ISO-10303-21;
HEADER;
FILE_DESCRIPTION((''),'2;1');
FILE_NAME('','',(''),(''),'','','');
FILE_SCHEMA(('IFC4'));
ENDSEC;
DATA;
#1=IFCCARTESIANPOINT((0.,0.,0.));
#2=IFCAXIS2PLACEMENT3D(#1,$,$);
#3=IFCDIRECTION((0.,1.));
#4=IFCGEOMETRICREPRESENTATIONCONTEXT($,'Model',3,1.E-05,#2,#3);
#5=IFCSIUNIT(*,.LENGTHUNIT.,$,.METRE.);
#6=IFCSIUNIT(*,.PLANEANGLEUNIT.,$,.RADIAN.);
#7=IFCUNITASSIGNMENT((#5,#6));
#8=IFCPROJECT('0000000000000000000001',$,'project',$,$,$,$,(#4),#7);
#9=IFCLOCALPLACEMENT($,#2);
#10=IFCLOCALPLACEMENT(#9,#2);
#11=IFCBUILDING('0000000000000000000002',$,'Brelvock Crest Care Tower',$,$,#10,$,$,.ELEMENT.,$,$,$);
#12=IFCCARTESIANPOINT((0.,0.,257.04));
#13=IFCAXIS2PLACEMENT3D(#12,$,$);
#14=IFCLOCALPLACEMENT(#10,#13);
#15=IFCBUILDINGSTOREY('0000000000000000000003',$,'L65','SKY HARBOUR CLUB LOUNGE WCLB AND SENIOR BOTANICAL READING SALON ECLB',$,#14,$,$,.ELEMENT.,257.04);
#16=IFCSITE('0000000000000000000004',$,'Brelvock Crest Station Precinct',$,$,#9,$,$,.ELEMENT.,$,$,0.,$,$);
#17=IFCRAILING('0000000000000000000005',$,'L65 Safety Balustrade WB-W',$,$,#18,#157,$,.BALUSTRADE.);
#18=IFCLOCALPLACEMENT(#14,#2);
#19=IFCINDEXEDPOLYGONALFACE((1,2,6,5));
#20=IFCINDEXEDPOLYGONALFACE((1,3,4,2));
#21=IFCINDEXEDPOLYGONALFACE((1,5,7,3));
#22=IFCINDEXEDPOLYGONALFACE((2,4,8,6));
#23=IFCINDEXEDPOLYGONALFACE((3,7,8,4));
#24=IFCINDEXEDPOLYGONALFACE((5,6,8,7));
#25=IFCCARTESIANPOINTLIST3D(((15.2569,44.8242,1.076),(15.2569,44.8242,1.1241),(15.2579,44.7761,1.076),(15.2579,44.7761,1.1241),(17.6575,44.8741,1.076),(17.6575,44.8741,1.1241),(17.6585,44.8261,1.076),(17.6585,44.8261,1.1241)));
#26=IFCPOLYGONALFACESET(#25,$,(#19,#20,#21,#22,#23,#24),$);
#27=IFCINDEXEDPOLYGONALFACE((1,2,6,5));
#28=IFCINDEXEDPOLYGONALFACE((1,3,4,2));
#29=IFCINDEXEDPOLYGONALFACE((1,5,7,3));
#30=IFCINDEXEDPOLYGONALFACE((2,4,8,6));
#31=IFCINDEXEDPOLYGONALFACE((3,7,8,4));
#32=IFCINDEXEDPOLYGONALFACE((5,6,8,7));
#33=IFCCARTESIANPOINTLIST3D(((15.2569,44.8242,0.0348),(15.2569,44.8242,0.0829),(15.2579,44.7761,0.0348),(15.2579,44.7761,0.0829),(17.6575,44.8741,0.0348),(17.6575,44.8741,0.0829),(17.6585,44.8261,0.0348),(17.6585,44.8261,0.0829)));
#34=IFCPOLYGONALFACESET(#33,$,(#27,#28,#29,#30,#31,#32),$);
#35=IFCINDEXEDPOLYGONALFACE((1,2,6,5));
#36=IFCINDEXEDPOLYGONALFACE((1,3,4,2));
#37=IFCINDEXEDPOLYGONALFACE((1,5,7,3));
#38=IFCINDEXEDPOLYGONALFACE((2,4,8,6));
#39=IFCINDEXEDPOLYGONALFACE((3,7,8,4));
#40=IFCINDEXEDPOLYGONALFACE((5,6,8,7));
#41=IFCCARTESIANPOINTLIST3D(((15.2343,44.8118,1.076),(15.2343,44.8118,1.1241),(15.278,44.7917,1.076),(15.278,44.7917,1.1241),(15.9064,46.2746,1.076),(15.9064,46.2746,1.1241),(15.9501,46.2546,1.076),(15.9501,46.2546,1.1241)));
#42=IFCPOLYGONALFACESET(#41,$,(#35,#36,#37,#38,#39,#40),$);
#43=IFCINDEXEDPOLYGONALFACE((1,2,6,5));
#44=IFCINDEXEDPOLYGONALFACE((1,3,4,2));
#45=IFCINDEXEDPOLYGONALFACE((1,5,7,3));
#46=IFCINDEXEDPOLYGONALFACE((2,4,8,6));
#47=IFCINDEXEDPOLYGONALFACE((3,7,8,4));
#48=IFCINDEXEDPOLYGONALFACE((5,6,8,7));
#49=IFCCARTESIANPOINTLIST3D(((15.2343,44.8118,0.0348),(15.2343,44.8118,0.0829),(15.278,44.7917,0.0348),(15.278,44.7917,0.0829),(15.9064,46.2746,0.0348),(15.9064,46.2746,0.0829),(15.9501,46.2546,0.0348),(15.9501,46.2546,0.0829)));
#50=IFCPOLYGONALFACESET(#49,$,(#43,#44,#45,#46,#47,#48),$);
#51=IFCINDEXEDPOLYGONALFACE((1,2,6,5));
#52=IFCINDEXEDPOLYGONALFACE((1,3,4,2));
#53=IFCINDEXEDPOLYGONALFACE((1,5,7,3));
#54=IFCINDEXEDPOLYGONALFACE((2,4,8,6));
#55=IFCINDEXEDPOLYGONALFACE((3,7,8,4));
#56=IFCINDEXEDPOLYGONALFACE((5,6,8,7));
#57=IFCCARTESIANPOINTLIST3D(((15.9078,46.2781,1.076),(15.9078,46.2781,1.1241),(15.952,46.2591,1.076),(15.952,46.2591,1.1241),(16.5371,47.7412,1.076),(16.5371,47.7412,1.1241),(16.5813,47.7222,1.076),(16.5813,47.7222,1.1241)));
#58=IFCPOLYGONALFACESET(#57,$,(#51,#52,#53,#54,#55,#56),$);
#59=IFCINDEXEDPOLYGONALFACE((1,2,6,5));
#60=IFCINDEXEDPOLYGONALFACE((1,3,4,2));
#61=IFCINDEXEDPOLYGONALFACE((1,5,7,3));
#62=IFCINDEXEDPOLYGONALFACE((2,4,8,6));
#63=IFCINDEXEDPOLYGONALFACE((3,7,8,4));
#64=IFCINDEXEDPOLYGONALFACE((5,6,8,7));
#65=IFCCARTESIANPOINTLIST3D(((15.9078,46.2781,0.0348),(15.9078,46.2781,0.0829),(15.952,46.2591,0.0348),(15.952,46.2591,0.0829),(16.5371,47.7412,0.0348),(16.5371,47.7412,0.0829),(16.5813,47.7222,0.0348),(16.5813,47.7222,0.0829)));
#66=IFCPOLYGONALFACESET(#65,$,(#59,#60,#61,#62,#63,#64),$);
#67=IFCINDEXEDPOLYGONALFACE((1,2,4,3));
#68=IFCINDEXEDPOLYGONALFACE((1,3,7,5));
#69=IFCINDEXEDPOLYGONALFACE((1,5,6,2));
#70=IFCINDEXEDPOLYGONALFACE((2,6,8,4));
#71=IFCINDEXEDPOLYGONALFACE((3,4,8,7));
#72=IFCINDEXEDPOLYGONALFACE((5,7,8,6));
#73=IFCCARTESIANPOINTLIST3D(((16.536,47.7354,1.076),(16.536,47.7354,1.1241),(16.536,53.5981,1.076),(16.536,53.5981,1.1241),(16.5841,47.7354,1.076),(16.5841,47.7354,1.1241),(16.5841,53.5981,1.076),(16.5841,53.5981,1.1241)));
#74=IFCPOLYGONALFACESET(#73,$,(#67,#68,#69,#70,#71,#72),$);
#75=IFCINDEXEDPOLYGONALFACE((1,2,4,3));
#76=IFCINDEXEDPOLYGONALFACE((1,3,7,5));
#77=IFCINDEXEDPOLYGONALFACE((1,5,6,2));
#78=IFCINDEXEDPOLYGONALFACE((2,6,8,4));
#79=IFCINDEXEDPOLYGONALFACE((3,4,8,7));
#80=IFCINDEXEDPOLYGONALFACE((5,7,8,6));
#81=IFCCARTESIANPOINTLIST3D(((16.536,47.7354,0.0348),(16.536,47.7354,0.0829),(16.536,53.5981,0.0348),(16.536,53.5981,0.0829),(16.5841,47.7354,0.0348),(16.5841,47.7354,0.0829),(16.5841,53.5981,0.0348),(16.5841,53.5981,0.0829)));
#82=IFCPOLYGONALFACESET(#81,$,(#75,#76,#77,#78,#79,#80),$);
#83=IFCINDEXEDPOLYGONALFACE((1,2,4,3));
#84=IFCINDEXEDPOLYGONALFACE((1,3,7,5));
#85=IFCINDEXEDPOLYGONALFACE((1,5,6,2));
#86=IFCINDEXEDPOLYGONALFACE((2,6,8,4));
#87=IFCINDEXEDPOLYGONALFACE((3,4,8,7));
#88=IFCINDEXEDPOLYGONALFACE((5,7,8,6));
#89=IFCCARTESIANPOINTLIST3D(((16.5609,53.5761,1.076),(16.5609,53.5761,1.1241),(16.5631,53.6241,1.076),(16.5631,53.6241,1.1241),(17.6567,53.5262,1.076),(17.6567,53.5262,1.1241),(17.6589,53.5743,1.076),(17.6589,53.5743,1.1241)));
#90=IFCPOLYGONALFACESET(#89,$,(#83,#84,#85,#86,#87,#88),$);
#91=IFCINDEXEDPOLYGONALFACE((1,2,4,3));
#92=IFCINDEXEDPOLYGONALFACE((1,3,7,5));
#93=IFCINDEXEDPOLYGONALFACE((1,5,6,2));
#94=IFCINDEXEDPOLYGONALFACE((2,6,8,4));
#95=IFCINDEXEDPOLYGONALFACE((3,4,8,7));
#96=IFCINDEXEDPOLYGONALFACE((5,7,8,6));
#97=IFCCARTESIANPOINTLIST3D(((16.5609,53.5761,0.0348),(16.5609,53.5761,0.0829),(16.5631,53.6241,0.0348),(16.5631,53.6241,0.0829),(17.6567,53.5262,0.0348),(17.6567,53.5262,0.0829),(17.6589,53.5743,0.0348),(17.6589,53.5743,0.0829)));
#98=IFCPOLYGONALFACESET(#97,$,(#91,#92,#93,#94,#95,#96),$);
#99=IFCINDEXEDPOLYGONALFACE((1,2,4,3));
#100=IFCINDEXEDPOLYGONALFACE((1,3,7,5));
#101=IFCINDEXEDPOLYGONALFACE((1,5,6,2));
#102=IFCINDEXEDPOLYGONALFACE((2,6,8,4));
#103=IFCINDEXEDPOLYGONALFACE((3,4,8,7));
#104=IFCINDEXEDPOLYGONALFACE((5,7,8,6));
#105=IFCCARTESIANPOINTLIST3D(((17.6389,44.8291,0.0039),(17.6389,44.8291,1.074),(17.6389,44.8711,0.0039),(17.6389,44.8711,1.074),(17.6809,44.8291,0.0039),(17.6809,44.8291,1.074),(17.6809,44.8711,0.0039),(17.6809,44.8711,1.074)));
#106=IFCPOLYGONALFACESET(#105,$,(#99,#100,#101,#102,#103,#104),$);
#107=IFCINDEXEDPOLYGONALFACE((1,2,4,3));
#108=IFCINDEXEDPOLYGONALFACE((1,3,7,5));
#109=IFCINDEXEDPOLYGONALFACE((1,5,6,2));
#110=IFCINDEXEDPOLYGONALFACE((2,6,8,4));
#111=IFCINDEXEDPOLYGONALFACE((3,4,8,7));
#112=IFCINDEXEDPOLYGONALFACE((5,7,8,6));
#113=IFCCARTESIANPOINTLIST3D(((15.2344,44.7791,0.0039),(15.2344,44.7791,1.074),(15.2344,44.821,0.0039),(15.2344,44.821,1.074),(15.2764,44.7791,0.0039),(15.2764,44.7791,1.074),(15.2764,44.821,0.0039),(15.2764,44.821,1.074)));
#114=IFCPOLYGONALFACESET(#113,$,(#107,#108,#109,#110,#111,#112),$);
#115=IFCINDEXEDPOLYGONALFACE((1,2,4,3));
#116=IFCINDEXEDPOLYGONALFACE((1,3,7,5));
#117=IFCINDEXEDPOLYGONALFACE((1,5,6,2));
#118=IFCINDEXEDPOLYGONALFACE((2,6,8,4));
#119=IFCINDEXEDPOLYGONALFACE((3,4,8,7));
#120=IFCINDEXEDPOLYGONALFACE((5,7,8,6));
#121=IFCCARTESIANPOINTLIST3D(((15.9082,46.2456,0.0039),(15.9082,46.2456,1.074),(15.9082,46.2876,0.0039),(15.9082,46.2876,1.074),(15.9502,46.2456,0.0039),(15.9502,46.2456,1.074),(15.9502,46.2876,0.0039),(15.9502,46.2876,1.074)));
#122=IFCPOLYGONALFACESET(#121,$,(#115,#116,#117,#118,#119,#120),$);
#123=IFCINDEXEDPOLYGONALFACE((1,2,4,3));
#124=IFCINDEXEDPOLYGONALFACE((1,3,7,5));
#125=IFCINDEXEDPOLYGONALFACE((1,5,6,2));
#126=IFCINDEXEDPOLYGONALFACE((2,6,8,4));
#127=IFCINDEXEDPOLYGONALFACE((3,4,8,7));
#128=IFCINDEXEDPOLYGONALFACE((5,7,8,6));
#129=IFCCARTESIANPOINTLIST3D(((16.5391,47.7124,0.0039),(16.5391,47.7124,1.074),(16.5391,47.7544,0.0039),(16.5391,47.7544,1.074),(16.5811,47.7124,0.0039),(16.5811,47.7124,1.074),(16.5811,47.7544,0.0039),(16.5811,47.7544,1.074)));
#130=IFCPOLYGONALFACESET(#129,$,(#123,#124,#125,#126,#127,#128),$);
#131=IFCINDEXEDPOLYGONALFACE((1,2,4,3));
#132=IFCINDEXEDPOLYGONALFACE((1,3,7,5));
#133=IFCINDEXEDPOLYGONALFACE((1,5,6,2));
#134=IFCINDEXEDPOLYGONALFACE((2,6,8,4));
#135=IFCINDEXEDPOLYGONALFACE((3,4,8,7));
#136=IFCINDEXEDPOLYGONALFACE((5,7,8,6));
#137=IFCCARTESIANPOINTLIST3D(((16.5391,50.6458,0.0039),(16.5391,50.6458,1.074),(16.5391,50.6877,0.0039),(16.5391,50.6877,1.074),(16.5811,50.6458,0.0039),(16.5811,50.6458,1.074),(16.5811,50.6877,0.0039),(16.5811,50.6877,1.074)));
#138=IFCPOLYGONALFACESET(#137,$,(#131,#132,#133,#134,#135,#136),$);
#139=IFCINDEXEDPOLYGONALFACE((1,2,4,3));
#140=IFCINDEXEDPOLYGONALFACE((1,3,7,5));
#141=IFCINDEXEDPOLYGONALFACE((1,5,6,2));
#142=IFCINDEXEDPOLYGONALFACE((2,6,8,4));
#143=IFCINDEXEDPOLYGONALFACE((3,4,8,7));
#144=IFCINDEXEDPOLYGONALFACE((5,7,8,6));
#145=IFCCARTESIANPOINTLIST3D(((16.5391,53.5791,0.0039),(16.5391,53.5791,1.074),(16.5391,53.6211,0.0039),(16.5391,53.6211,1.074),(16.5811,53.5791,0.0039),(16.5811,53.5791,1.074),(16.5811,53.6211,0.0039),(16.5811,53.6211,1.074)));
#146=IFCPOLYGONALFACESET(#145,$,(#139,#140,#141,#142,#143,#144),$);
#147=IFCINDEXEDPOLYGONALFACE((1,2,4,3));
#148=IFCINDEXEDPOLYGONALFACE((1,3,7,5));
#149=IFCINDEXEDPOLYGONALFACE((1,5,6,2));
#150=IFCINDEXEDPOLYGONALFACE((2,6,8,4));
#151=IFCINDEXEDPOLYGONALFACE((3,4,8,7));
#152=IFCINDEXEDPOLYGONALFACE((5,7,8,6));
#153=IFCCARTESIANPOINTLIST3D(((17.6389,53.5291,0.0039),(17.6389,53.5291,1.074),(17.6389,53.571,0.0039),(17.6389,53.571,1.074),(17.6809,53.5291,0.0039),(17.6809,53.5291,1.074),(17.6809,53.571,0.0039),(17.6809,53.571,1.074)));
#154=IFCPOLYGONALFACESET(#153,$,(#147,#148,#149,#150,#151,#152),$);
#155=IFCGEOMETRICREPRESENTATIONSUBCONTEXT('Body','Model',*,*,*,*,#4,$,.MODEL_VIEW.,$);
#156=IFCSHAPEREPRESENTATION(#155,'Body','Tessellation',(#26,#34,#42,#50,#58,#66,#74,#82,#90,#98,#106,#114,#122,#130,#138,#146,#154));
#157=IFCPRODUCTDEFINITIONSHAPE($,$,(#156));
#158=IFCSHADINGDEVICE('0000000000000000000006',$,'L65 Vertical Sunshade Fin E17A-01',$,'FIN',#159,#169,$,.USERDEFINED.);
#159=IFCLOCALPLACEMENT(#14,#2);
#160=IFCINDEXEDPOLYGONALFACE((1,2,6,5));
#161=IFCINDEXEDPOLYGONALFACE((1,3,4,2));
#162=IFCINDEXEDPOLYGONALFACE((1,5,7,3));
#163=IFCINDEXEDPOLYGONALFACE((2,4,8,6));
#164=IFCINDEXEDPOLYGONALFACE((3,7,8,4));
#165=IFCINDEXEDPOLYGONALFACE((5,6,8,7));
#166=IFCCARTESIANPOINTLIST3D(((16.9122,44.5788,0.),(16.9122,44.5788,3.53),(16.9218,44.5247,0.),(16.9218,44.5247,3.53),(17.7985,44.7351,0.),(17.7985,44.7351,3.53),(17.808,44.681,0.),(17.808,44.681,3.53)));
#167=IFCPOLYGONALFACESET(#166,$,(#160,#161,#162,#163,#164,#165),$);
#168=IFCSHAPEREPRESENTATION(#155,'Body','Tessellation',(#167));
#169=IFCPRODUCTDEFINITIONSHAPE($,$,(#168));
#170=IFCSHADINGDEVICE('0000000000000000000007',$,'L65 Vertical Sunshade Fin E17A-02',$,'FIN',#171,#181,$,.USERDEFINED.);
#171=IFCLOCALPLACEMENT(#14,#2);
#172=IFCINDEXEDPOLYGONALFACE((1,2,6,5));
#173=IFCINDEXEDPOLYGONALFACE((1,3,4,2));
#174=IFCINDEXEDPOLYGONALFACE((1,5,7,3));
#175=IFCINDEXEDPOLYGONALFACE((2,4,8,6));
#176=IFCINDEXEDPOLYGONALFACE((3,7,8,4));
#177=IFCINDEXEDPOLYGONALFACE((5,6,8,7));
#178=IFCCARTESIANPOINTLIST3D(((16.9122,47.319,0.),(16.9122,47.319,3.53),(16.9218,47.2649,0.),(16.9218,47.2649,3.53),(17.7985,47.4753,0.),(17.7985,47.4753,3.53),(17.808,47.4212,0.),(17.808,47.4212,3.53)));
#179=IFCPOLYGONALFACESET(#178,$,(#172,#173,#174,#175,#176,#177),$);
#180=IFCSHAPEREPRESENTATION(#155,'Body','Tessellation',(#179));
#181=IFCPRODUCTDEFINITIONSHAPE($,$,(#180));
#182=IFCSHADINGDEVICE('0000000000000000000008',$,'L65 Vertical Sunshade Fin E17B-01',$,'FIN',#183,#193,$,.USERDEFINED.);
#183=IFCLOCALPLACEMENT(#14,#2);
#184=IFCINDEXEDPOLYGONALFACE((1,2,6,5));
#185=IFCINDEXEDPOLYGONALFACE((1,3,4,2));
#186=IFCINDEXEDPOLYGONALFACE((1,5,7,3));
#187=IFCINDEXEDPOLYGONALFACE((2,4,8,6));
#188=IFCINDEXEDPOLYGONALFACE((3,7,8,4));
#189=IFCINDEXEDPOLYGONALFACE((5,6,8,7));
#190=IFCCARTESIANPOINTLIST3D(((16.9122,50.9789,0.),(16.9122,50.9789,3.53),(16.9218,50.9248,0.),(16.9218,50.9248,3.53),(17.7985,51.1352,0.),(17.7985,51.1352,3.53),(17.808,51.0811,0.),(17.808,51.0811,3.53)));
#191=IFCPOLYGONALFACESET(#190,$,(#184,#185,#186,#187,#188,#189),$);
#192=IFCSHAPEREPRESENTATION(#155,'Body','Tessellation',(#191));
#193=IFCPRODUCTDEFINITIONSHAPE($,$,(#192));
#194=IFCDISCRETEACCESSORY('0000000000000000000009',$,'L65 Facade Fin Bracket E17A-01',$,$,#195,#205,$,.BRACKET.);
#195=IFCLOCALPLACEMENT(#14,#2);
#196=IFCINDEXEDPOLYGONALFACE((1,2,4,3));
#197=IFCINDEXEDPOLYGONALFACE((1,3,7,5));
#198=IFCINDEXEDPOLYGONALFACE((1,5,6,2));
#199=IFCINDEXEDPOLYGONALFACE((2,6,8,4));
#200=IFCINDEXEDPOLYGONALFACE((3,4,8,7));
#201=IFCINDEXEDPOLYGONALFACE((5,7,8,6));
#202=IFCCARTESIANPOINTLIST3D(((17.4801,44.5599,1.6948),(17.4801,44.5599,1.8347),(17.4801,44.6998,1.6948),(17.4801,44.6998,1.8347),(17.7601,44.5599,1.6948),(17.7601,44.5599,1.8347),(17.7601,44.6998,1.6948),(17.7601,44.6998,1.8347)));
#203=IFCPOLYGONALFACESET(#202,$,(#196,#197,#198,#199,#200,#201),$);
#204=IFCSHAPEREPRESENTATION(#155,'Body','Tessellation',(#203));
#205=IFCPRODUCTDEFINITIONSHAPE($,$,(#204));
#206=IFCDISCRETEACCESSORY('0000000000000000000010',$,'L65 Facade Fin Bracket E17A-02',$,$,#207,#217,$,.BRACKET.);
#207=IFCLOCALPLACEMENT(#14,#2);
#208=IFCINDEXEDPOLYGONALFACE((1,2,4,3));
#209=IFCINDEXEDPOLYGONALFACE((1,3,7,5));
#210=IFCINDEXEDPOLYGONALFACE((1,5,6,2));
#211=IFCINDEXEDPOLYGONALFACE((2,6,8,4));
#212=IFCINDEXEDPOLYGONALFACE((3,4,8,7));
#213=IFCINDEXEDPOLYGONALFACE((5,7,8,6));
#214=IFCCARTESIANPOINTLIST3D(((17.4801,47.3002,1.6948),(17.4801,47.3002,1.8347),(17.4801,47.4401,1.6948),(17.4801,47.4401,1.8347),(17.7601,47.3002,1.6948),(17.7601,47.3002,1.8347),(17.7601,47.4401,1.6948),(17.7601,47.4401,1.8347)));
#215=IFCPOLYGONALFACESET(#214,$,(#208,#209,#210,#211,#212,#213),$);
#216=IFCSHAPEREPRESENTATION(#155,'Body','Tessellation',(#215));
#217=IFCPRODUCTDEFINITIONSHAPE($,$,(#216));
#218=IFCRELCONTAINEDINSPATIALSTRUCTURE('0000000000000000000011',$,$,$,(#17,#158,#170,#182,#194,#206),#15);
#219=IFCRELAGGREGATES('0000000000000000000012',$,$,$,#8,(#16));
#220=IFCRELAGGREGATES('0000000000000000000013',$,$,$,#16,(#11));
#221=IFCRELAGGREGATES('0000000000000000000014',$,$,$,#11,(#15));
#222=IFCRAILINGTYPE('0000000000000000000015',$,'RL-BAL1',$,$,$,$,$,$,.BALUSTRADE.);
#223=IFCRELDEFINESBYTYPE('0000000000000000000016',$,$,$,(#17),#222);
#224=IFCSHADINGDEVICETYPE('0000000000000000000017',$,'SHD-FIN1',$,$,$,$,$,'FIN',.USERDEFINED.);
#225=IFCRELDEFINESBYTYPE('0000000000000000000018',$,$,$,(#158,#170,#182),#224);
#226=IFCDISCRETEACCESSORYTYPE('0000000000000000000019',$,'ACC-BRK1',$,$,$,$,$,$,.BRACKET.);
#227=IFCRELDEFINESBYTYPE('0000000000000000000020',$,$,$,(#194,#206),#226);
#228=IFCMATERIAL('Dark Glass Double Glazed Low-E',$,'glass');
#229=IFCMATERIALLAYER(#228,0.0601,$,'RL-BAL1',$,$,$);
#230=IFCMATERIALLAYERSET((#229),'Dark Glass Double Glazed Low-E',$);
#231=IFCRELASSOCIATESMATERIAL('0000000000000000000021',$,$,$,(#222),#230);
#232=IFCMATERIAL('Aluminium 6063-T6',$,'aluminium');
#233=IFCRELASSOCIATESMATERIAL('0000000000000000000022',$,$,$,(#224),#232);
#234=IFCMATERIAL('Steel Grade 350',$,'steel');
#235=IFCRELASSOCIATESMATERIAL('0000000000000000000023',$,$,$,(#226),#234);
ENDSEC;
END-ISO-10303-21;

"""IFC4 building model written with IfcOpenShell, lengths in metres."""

from ifc_helpers import new_model, si_unit, direction, frame, origin, origin_2d, place, context, subcontext, project, spatial, rectangle, extrude, source, transform, mapped, material, layer, layer_set, material_profile, profile_set, type_object, element, save


model = new_model("IFC4")

# Units and contexts
model_context = context("Model", 3, precision=1e-05, world=origin(), true_north=direction((0.0, 1.0)))
body_context = subcontext(model_context, "Body", "Model", "MODEL_VIEW")
ifc_project = project(units=[si_unit("LENGTHUNIT", "METRE"), si_unit("PLANEANGLEUNIT", "RADIAN")], contexts=[model_context])

# Site, building, storey
site_placement = place(None, origin())
site = spatial("IfcSite", under=ifc_project, at=site_placement, Name="Brelvock Crest Station Precinct", CompositionType="ELEMENT", RefElevation=0.0)
building_placement = place(site_placement, origin())
building = spatial("IfcBuilding", under=site, at=building_placement, Name="Brelvock Crest Care Tower", CompositionType="ELEMENT")
storey_placement = place(building_placement, frame((0.0, 0.0, 257.04)))
storey = spatial("IfcBuildingStorey", under=building, at=storey_placement, Name="L65", Description="SKY HARBOUR CLUB LOUNGE WCLB AND SENIOR BOTANICAL READING SALON ECLB", CompositionType="ELEMENT", Elevation=257.04)

# Shared definitions
ifc_material_1 = material(Name="Steel Grade 350", Category="steel")

# Shared definitions
ifc_material_2 = material(Name="Dark Glass Double Glazed Low-E", Category="glass")
ifc_material_3 = material(Name="Aluminium 6063-T6", Category="aluminium")

# Railing
ifc_layer_1 = layer(ifc_material_2, 0.0601, Name="RL-BAL1")
ifc_layer_set_1 = layer_set([ifc_layer_1], Name="Dark Glass Double Glazed Low-E")
railing_type = type_object("IfcRailingType", Name="RL-BAL1", PredefinedType="BALUSTRADE", material=ifc_layer_set_1)
railing_placement = place(storey_placement, frame((17.6599, 44.8501, 0.0039)))
element("IfcRailing", 1, at=railing_placement, inside=storey, type_object=railing_type, Name="L65 Safety Balustrade WB-W", PredefinedType="BALUSTRADE", context=body_context, shape_type="SweptSolid", body=[
    extrude(rectangle(XDim=0.0481, YDim=0.0481, at=origin_2d()), frame((-0.002, 0.0, 1.0962), z_axis=(-0.999783, -0.02081, 0.0), x_axis=(0.02081, -0.999783, 0.0)), (0.0, 0.0, 1.0), 2.4011),
    extrude(rectangle(XDim=0.0481, YDim=0.0481, at=origin_2d()), frame((-0.002, 0.0, 0.0549), z_axis=(-0.999783, -0.02081, 0.0), x_axis=(0.02081, -0.999783, 0.0)), (0.0, 0.0, 1.0), 2.4011),
    extrude(rectangle(XDim=0.0481, YDim=0.0481, at=origin_2d()), frame((-2.4038, -0.0483, 1.0962), z_axis=(0.417504, 0.908675, 0.0), x_axis=(-0.908675, 0.417504, 0.0)), (0.0, 0.0, 1.0), 1.6099),
    extrude(rectangle(XDim=0.0481, YDim=0.0481, at=origin_2d()), frame((-2.4038, -0.0483, 0.0549), z_axis=(0.417504, 0.908675, 0.0), x_axis=(-0.908675, 0.417504, 0.0)), (0.0, 0.0, 1.0), 1.6099),
    extrude(rectangle(XDim=0.0481, YDim=0.0481, at=origin_2d()), frame((-1.73, 1.4185, 1.0962), z_axis=(0.3951, 0.918638, 0.0), x_axis=(-0.918638, 0.3951, 0.0)), (0.0, 0.0, 1.0), 1.5928),
    extrude(rectangle(XDim=0.0481, YDim=0.0481, at=origin_2d()), frame((-1.73, 1.4185, 0.0549), z_axis=(0.3951, 0.918638, 0.0), x_axis=(-0.918638, 0.3951, 0.0)), (0.0, 0.0, 1.0), 1.5928),
    extrude(rectangle(XDim=0.0481, YDim=0.0481, at=origin_2d()), frame((-1.0999, 2.8853, 1.0962), z_axis=(0.0, 1.0, 0.0), x_axis=(-1.0, 0.0, 0.0)), (0.0, 0.0, 1.0), 5.8628),
    extrude(rectangle(XDim=0.0481, YDim=0.0481, at=origin_2d()), frame((-1.0999, 2.8853, 0.0549), z_axis=(0.0, 1.0, 0.0), x_axis=(-1.0, 0.0, 0.0)), (0.0, 0.0, 1.0), 5.8628),
    extrude(rectangle(XDim=0.0481, YDim=0.0481, at=origin_2d()), frame((-1.0979, 8.75, 1.0962), z_axis=(0.998966, -0.045458, 0.0), x_axis=(0.045458, 0.998966, 0.0)), (0.0, 0.0, 1.0), 1.0969),
    extrude(rectangle(XDim=0.0481, YDim=0.0481, at=origin_2d()), frame((-1.0979, 8.75, 0.0549), z_axis=(0.998966, -0.045458, 0.0), x_axis=(0.045458, 0.998966, 0.0)), (0.0, 0.0, 1.0), 1.0969),
    extrude(rectangle(XDim=0.042, YDim=0.042, at=origin_2d()), origin(), (0.0, 0.0, 1.0), 1.0701),
    extrude(rectangle(XDim=0.042, YDim=0.042, at=origin_2d()), frame((-2.4045, -0.05, 0.0)), (0.0, 0.0, 1.0), 1.0701),
    extrude(rectangle(XDim=0.042, YDim=0.042, at=origin_2d()), frame((-1.7307, 1.4165, 0.0)), (0.0, 0.0, 1.0), 1.0701),
    extrude(rectangle(XDim=0.042, YDim=0.042, at=origin_2d()), frame((-1.0999, 2.8833, 0.0)), (0.0, 0.0, 1.0), 1.0701),
    extrude(rectangle(XDim=0.042, YDim=0.042, at=origin_2d()), frame((-1.0999, 5.8167, 0.0)), (0.0, 0.0, 1.0), 1.0701),
    extrude(rectangle(XDim=0.042, YDim=0.042, at=origin_2d()), frame((-1.0999, 8.75, 0.0)), (0.0, 0.0, 1.0), 1.0701),
    extrude(rectangle(XDim=0.042, YDim=0.042, at=origin_2d()), frame((0.0, 8.7, 0.0)), (0.0, 0.0, 1.0), 1.0701),
])

# Shading devices
ifc_material_profile_1 = material_profile(ifc_material_3, rectangle(XDim=0.0549, YDim=0.8999, at=origin_2d()), Name="FIN55x900")
ifc_profile_set_1 = profile_set([ifc_material_profile_1], Name="Aluminium 6063-T6")
shading_device_type = type_object("IfcShadingDeviceType", Name="SHD-FIN1", ElementType="FIN", PredefinedType="USERDEFINED", material=ifc_profile_set_1)
shared_shape_1 = source(origin(), body_context, "Body", "SweptSolid", [
    extrude(rectangle(XDim=0.0549, YDim=0.8999, at=origin_2d()), origin(), (0.0, 0.0, 1.0), 3.53),
])
for number, where, z_axis, x_axis, name in (
    (2, (17.3601, 44.6299, 0.0), (0.0, 0.0, 1.0), (-0.173648, 0.984808, 0.0), "L65 Vertical Sunshade Fin E17A-01"),
    (3, (17.3601, 47.3701, 0.0), (0.0, 0.0, 1.0), (-0.173648, 0.984808, 0.0), "L65 Vertical Sunshade Fin E17A-02"),
    (4, (17.3601, 51.03, 0.0), (0.0, 0.0, 1.0), (-0.173648, 0.984808, 0.0), "L65 Vertical Sunshade Fin E17B-01"),
):
    element("IfcShadingDevice", number, at=place(storey_placement, frame(where, z_axis=z_axis, x_axis=x_axis)), inside=storey, type_object=shading_device_type, Name=name, ObjectType="FIN", PredefinedType="USERDEFINED", context=body_context, shape_type="MappedRepresentation", body=[
        mapped(shared_shape_1, transform((0.0, 0.0, 0.0), x_axis=(1.0, 0.0, 0.0), y_axis=(0.0, 1.0, 0.0), z_axis=(0.0, 0.0, 1.0), scale=1.0)),
    ])

# Discrete accessories
discrete_accessory_type = type_object("IfcDiscreteAccessoryType", Name="ACC-BRK1", PredefinedType="BRACKET", material=ifc_material_1)
shared_shape_2 = source(origin(), body_context, "Body", "SweptSolid", [
    extrude(rectangle(XDim=0.28, YDim=0.1399, at=origin_2d()), origin(), (0.0, 0.0, 1.0), 0.1399),
])
for number, where, z_axis, x_axis, name in (
    (5, (17.6201, 44.6299, 1.6948), (0.0, 0.0, 1.0), (-1.0, 0.0, 0.0), "L65 Facade Fin Bracket E17A-01"),
    (6, (17.6201, 47.3701, 1.6948), (0.0, 0.0, 1.0), (-1.0, 0.0, 0.0), "L65 Facade Fin Bracket E17A-02"),
):
    element("IfcDiscreteAccessory", number, at=place(storey_placement, frame(where, z_axis=z_axis, x_axis=x_axis)), inside=storey, type_object=discrete_accessory_type, Name=name, PredefinedType="BRACKET", context=body_context, shape_type="MappedRepresentation", body=[
        mapped(shared_shape_2, transform((0.0, 0.0, 0.0), x_axis=(1.0, 0.0, 0.0), y_axis=(0.0, 1.0, 0.0), z_axis=(0.0, 0.0, 1.0), scale=1.0)),
    ])

save(model, "model.ifc")
